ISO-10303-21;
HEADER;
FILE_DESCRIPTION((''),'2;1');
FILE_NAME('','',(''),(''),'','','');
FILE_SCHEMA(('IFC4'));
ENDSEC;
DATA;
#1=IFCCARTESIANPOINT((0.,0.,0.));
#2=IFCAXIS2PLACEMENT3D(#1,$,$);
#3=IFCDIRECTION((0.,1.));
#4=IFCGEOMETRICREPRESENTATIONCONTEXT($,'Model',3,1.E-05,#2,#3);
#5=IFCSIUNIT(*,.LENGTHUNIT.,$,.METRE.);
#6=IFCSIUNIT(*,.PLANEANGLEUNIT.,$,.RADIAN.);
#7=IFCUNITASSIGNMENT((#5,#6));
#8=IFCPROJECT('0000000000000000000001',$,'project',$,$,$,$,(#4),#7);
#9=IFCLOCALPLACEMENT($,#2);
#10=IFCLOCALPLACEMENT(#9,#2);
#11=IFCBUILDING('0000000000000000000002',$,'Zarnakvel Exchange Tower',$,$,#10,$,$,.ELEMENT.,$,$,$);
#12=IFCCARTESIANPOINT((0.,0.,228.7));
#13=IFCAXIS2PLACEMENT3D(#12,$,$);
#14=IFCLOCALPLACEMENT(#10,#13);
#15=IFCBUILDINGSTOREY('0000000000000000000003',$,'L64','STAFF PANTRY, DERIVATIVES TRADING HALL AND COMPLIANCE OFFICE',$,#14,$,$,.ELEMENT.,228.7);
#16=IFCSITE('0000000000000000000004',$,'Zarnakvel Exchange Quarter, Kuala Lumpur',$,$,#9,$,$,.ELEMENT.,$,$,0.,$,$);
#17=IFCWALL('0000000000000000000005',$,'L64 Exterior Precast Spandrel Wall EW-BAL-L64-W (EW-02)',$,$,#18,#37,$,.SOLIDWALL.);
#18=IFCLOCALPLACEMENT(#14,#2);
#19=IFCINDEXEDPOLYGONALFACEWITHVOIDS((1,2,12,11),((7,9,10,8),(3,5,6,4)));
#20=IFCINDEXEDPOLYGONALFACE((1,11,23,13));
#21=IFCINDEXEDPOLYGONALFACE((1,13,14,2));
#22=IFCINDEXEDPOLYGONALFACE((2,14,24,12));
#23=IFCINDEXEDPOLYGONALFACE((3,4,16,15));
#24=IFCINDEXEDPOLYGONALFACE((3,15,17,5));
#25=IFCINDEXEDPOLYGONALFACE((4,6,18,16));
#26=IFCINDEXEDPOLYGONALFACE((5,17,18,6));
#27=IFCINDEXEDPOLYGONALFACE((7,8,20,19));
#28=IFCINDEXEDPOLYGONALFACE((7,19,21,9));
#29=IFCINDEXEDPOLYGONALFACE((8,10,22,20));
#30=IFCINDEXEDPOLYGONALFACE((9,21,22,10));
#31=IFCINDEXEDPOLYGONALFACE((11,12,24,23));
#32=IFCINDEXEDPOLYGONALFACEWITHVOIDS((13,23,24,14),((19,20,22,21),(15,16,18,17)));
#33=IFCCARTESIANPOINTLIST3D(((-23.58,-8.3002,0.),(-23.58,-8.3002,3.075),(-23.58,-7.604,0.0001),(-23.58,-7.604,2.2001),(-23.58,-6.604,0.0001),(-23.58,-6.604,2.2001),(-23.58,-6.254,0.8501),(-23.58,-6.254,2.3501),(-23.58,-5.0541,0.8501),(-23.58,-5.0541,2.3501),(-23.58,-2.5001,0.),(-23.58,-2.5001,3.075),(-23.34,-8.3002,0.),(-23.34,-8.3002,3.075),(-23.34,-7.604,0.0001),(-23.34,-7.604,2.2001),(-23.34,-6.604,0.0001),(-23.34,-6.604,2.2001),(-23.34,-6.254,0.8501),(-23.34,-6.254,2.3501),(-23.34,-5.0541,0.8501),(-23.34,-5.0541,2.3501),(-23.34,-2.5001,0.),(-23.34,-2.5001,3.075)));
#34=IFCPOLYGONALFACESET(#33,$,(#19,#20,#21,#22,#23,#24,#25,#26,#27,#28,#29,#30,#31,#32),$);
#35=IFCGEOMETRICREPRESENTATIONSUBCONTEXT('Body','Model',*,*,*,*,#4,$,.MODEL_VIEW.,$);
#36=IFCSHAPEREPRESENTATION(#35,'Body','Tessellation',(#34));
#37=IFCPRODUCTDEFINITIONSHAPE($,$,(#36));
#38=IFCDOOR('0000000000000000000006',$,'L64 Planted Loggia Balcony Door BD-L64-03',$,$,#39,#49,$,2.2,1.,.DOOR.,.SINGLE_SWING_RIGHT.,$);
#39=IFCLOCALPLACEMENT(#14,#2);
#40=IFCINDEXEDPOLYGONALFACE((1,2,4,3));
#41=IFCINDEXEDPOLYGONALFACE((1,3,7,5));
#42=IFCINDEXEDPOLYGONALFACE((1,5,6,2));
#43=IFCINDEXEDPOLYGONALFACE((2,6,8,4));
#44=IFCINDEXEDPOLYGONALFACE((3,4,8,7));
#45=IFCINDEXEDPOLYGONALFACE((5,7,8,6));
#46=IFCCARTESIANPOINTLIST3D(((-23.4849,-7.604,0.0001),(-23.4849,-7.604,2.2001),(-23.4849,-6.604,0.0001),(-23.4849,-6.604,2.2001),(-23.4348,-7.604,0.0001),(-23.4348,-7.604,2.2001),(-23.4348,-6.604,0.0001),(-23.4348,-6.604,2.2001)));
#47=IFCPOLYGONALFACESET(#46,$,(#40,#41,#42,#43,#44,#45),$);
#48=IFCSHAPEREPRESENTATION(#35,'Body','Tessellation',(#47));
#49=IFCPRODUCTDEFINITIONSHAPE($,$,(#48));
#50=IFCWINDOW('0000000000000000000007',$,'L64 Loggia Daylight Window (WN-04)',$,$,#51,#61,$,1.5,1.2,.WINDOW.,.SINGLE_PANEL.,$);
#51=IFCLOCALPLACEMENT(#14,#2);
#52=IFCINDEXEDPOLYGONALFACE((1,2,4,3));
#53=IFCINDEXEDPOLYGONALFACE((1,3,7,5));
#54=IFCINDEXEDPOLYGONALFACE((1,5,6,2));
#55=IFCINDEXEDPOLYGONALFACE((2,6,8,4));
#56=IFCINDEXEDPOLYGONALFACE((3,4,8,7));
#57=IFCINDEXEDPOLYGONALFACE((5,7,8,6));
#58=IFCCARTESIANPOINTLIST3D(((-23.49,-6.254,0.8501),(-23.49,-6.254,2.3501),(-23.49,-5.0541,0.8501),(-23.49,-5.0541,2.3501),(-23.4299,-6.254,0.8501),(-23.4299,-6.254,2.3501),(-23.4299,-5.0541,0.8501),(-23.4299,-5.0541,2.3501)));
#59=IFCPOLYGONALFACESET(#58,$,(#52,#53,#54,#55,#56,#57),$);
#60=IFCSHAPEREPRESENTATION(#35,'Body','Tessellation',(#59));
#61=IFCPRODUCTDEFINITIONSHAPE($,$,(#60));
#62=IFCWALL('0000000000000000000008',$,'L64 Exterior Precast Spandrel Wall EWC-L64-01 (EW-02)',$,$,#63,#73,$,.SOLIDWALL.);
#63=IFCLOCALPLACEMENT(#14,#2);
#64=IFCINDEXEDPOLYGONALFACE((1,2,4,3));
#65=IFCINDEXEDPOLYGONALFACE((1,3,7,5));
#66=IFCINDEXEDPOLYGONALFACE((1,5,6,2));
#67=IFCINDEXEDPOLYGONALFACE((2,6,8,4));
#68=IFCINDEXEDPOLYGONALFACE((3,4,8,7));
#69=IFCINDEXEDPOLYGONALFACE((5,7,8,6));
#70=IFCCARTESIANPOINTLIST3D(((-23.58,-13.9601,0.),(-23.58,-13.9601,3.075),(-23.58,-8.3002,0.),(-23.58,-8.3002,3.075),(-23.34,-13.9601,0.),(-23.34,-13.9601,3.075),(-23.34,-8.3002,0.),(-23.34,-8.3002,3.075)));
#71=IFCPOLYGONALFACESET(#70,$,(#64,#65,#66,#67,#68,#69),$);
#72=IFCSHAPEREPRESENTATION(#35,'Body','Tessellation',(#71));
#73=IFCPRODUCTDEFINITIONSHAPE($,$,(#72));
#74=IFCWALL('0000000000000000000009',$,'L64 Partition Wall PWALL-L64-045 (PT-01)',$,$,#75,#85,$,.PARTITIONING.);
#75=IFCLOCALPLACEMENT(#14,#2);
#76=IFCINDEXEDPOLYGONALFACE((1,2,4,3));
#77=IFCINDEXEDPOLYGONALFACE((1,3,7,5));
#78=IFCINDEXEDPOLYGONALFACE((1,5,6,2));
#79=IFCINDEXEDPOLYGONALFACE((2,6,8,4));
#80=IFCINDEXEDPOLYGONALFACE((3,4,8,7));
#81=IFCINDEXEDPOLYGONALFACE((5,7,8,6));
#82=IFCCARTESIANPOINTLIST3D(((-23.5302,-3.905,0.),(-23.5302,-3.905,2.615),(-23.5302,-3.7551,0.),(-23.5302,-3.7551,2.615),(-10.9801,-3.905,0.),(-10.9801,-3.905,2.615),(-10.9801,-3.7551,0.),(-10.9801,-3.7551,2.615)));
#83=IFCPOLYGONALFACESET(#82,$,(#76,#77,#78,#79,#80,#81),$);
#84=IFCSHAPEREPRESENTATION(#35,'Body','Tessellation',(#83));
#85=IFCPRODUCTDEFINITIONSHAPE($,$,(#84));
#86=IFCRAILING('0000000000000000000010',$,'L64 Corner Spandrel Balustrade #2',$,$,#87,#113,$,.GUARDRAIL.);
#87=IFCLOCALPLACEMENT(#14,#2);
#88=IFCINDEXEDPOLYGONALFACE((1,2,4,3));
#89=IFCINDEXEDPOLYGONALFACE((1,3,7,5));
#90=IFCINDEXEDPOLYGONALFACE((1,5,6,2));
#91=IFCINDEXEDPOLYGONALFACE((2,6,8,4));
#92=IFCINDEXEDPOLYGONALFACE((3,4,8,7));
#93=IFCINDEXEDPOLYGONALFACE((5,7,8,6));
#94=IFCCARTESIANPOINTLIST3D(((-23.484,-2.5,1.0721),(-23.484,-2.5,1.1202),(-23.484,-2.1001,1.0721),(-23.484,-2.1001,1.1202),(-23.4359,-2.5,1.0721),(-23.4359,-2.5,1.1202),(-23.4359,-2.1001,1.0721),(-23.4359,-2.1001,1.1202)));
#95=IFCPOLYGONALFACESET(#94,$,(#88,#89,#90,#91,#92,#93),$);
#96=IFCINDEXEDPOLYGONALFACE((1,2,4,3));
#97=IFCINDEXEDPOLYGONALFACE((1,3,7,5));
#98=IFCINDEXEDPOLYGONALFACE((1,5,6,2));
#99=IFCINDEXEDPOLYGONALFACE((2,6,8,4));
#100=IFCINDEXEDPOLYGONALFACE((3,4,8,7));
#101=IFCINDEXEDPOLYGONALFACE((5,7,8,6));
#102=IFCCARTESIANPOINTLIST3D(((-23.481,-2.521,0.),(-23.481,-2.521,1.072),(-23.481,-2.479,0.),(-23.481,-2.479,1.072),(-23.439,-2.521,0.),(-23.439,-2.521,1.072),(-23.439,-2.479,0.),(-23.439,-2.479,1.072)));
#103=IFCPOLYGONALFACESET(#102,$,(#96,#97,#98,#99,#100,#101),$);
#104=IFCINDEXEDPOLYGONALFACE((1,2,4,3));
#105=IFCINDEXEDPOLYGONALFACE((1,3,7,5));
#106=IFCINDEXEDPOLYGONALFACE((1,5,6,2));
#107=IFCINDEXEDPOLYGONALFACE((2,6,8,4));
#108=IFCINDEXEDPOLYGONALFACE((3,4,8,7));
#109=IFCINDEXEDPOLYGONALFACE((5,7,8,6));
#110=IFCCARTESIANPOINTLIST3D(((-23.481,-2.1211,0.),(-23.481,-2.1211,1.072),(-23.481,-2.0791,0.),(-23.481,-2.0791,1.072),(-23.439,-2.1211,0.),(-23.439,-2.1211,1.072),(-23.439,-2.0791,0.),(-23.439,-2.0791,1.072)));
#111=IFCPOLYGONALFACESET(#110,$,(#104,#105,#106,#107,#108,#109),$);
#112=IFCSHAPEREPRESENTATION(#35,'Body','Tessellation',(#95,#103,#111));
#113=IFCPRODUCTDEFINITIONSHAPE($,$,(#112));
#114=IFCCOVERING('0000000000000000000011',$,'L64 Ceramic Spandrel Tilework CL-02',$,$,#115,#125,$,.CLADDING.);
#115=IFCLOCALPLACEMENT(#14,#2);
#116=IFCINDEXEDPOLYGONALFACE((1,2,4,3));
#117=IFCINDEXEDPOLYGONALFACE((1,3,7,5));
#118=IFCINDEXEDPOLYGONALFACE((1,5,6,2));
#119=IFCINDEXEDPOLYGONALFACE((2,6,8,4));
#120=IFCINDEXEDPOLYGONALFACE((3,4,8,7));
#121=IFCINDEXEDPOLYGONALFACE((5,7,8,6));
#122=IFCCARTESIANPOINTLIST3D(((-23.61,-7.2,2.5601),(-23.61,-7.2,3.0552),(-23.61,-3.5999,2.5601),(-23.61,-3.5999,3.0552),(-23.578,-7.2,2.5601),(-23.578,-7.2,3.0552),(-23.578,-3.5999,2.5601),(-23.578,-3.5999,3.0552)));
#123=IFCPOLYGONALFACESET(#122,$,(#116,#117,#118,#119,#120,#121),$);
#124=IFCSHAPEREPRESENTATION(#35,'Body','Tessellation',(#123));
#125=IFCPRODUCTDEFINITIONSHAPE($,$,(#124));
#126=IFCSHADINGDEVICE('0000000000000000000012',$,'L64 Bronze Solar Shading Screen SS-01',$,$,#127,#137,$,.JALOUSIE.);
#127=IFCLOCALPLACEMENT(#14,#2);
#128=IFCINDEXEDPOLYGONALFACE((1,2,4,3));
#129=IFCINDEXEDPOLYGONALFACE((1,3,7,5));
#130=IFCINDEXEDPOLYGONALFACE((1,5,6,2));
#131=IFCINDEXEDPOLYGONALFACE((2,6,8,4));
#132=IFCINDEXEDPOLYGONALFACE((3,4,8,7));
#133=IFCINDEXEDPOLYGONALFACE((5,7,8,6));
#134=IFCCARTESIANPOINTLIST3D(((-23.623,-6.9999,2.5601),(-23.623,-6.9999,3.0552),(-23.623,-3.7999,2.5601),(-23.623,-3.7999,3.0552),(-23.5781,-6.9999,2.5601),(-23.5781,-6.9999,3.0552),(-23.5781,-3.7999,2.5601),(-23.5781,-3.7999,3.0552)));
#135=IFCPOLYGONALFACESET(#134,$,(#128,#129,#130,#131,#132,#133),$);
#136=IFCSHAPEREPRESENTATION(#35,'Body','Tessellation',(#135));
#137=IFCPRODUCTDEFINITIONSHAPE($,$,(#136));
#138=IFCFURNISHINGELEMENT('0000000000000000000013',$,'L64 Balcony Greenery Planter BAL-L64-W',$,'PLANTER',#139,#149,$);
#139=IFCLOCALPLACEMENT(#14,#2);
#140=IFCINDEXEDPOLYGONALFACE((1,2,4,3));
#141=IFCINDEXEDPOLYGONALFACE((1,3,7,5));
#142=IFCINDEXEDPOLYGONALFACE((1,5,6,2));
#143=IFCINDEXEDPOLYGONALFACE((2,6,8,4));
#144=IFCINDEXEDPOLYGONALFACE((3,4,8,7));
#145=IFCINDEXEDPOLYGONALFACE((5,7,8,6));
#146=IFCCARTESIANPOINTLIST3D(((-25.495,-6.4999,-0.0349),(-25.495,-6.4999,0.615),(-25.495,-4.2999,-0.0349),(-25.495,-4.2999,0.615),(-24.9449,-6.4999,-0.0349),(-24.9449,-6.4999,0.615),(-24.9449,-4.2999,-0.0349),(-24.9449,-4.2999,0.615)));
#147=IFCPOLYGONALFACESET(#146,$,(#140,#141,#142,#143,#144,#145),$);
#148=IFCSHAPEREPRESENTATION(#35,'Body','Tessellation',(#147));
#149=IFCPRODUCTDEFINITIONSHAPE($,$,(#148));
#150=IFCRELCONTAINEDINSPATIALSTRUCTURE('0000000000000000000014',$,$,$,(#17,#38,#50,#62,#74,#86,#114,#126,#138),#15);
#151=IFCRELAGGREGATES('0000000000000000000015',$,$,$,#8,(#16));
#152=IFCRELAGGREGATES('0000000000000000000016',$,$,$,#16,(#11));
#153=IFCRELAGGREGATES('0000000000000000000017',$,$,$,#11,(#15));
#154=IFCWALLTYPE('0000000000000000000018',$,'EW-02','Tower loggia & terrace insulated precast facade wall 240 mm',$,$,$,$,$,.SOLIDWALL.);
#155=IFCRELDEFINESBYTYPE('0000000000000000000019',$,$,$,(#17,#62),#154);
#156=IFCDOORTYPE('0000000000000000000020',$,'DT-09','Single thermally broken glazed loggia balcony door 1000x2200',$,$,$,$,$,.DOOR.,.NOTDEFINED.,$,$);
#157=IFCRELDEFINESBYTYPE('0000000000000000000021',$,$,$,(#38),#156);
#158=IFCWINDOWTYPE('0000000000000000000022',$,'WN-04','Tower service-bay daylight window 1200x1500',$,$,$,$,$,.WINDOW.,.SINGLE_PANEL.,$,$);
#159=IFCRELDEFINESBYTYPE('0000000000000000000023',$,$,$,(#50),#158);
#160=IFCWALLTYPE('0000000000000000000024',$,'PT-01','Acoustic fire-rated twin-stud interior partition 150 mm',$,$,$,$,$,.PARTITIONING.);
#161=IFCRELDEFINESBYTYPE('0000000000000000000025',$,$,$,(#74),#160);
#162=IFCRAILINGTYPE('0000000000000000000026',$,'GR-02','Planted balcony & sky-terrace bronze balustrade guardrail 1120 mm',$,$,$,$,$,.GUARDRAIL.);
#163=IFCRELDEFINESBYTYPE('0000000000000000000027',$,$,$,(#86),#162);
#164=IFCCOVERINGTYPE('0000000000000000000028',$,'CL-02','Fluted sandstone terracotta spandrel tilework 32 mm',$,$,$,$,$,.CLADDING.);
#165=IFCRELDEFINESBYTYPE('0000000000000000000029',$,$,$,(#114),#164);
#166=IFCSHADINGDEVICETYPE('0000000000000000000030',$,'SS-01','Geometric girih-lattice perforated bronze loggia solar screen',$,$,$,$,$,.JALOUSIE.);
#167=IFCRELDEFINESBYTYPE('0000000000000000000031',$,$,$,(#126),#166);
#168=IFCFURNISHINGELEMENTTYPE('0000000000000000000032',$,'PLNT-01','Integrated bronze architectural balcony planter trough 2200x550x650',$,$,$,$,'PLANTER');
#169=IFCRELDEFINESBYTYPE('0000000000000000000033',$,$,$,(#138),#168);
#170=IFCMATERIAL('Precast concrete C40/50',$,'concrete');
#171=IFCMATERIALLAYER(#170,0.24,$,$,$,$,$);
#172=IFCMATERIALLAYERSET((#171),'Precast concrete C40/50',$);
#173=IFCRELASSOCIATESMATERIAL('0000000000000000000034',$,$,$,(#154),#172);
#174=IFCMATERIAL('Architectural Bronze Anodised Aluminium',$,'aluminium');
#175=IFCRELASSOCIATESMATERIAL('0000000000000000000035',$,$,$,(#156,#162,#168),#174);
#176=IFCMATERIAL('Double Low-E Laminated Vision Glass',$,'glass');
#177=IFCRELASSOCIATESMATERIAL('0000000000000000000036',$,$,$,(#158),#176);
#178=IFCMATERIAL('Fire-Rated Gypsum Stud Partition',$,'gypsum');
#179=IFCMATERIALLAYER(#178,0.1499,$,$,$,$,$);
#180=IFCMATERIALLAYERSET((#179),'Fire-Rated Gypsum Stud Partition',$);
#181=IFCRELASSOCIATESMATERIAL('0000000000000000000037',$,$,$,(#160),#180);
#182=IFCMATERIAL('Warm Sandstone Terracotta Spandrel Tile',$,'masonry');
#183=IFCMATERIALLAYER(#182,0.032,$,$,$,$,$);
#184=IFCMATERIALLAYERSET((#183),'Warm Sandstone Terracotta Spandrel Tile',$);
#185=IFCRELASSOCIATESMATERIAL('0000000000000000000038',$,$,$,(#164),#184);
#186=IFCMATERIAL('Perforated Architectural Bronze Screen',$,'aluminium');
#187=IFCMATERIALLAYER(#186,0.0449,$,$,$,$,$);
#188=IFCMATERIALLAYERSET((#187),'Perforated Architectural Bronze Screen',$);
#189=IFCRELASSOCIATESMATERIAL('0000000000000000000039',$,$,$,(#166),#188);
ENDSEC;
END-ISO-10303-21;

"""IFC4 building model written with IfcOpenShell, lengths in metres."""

from ifc_helpers import new_model, si_unit, direction, frame, frame_2d, origin, origin_2d, place, context, subcontext, project, spatial, rectangle, extrude, source, transform, mapped, material, layer, layer_set, type_object, element, fill, save


model = new_model("IFC4")

# Units and contexts
model_context = context("Model", 3, precision=1e-05, world=origin(), true_north=direction((0.0, 1.0)))
body_context = subcontext(model_context, "Body", "Model", "MODEL_VIEW")
ifc_project = project(units=[si_unit("LENGTHUNIT", "METRE"), si_unit("PLANEANGLEUNIT", "RADIAN")], contexts=[model_context])

# Site, building, storey
site_placement = place(None, origin())
site = spatial("IfcSite", under=ifc_project, at=site_placement, Name="Zarnakvel Exchange Quarter, Kuala Lumpur", CompositionType="ELEMENT", RefElevation=0.0)
building_placement = place(site_placement, origin())
building = spatial("IfcBuilding", under=site, at=building_placement, Name="Zarnakvel Exchange Tower", CompositionType="ELEMENT")
storey_placement = place(building_placement, frame((0.0, 0.0, 228.7)))
storey = spatial("IfcBuildingStorey", under=building, at=storey_placement, Name="L64", Description="STAFF PANTRY, DERIVATIVES TRADING HALL AND COMPLIANCE OFFICE", CompositionType="ELEMENT", Elevation=228.7)

# Shared definitions
ifc_material_1 = material(Name="Architectural Bronze Anodised Aluminium", Category="aluminium")

# Wall, openings, door, window
ifc_material_2 = material(Name="Precast concrete C40/50", Category="concrete")
ifc_layer_1 = layer(ifc_material_2, 0.24)
ifc_layer_set_1 = layer_set([ifc_layer_1], Name="Precast concrete C40/50")
wall_type_1 = type_object("IfcWallType", Name="EW-02", Description="Tower loggia & terrace insulated precast facade wall 240 mm", PredefinedType="SOLIDWALL", material=ifc_layer_set_1)
wall_1_placement = place(storey_placement, frame((-23.46, -8.3, 0.0), z_axis=(0.0, 0.0, 1.0), x_axis=(0.0, 1.0, 0.0)))
wall_1 = element("IfcWall", 1, at=wall_1_placement, inside=storey, type_object=wall_type_1, Name="L64 Exterior Precast Spandrel Wall EW-BAL-L64-W (EW-02)", PredefinedType="SOLIDWALL", context=body_context, shape_type="SweptSolid", body=[
    extrude(rectangle(XDim=5.8, YDim=0.24, at=frame_2d((2.8999, 0.0))), origin(), (0.0, 0.0, 1.0), 3.075),
])
opening_1_placement = place(wall_1_placement, frame((0.696, 0.0, 0.0)))
opening_1 = element("IfcOpeningElement", 2, at=opening_1_placement, cuts=wall_1, PredefinedType="OPENING", context=body_context, shape_type="SweptSolid", body=[
    extrude(rectangle(XDim=1.0, YDim=2.2, at=frame_2d((0.5, 1.1001))), frame((0.0, 0.1299, 0.0), z_axis=(0.0, -1.0, 0.0), x_axis=(1.0, 0.0, 0.0)), (0.0, 0.0, 1.0), 0.26),
])
opening_2_placement = place(wall_1_placement, frame((2.0459, 0.0, 0.8501)))
opening_2 = element("IfcOpeningElement", 3, at=opening_2_placement, cuts=wall_1, PredefinedType="OPENING", context=body_context, shape_type="SweptSolid", body=[
    extrude(rectangle(XDim=1.2, YDim=1.5, at=frame_2d((0.6001, 0.75))), frame((0.0, 0.1299, 0.0), z_axis=(0.0, -1.0, 0.0), x_axis=(1.0, 0.0, 0.0)), (0.0, 0.0, 1.0), 0.26),
])
door_type_1 = type_object("IfcDoorType", Name="DT-09", Description="Single thermally broken glazed loggia balcony door 1000x2200", OperationType="NOTDEFINED", PredefinedType="DOOR", material=ifc_material_1)
shared_shape_1 = source(origin(), body_context, "Body", "SweptSolid", [
    extrude(rectangle(XDim=1.0, YDim=2.2, at=frame_2d((0.5, 1.1001))), frame((0.0, 0.0249, 0.0), z_axis=(0.0, -1.0, 0.0), x_axis=(1.0, 0.0, 0.0)), (0.0, 0.0, 1.0), 0.05),
])
door_1_placement = place(opening_1_placement, origin())
door_1 = element("IfcDoor", 4, at=door_1_placement, inside=storey, type_object=door_type_1, Name="L64 Planted Loggia Balcony Door BD-L64-03", OperationType="SINGLE_SWING_RIGHT", OverallHeight=2.2, OverallWidth=1.0, PredefinedType="DOOR", context=body_context, shape_type="MappedRepresentation", body=[
    mapped(shared_shape_1, transform((0.0, 0.0, 0.0), x_axis=(1.0, 0.0, 0.0), y_axis=(0.0, 1.0, 0.0), z_axis=(0.0, 0.0, 1.0), scale=1.0)),
])
fill(opening_1, door_1)
ifc_material_3 = material(Name="Double Low-E Laminated Vision Glass", Category="glass")
window_type = type_object("IfcWindowType", Name="WN-04", Description="Tower service-bay daylight window 1200x1500", PartitioningType="SINGLE_PANEL", PredefinedType="WINDOW", material=ifc_material_3)
shared_shape_2 = source(origin(), body_context, "Body", "SweptSolid", [
    extrude(rectangle(XDim=1.2, YDim=1.5, at=frame_2d((0.6001, 0.75))), frame((0.0, 0.03, 0.0), z_axis=(0.0, -1.0, 0.0), x_axis=(1.0, 0.0, 0.0)), (0.0, 0.0, 1.0), 0.0601),
])
window_placement = place(opening_2_placement, origin())
window = element("IfcWindow", 5, at=window_placement, inside=storey, type_object=window_type, Name="L64 Loggia Daylight Window (WN-04)", OverallHeight=1.5, OverallWidth=1.2, PartitioningType="SINGLE_PANEL", PredefinedType="WINDOW", context=body_context, shape_type="MappedRepresentation", body=[
    mapped(shared_shape_2, transform((0.0, 0.0, 0.0), x_axis=(1.0, 0.0, 0.0), y_axis=(0.0, 1.0, 0.0), z_axis=(0.0, 0.0, 1.0), scale=1.0)),
])
fill(opening_2, window)

# Walls
wall_2_placement = place(storey_placement, frame((-23.46, -8.3, 0.0), z_axis=(0.0, 0.0, 1.0), x_axis=(0.0, -1.0, 0.0)))
element("IfcWall", 6, at=wall_2_placement, inside=storey, type_object=wall_type_1, Name="L64 Exterior Precast Spandrel Wall EWC-L64-01 (EW-02)", PredefinedType="SOLIDWALL", context=body_context, shape_type="SweptSolid", body=[
    extrude(rectangle(XDim=5.6599, YDim=0.24, at=frame_2d((2.8301, 0.0))), origin(), (0.0, 0.0, 1.0), 3.075),
])
ifc_material_4 = material(Name="Fire-Rated Gypsum Stud Partition", Category="gypsum")
ifc_layer_2 = layer(ifc_material_4, 0.1499)
ifc_layer_set_2 = layer_set([ifc_layer_2], Name="Fire-Rated Gypsum Stud Partition")
wall_type_2 = type_object("IfcWallType", Name="PT-01", Description="Acoustic fire-rated twin-stud interior partition 150 mm", PredefinedType="PARTITIONING", material=ifc_layer_set_2)
wall_3_placement = place(storey_placement, frame((-23.53, -3.8301, 0.0), z_axis=(0.0, 0.0, 1.0), x_axis=(1.0, 0.0, 0.0)))
element("IfcWall", 7, at=wall_3_placement, inside=storey, type_object=wall_type_2, Name="L64 Partition Wall PWALL-L64-045 (PT-01)", PredefinedType="PARTITIONING", context=body_context, shape_type="SweptSolid", body=[
    extrude(rectangle(XDim=12.55, YDim=0.1499, at=frame_2d((6.2749, 0.0))), origin(), (0.0, 0.0, 1.0), 2.615),
])

# Railing
railing_type = type_object("IfcRailingType", Name="GR-02", Description="Planted balcony & sky-terrace bronze balustrade guardrail 1120 mm", PredefinedType="GUARDRAIL", material=ifc_material_1)
railing_placement = place(storey_placement, frame((-23.46, -2.5, 0.0)))
element("IfcRailing", 8, at=railing_placement, inside=storey, type_object=railing_type, Name="L64 Corner Spandrel Balustrade #2", PredefinedType="GUARDRAIL", context=body_context, shape_type="SweptSolid", body=[
    extrude(rectangle(XDim=0.0481, YDim=0.0481, at=origin_2d()), frame((0.0, 0.0, 1.0962), z_axis=(0.0, 1.0, 0.0), x_axis=(-1.0, 0.0, 0.0)), (0.0, 0.0, 1.0), 0.3999),
    extrude(rectangle(XDim=0.042, YDim=0.042, at=origin_2d()), origin(), (0.0, 0.0, 1.0), 1.072),
    extrude(rectangle(XDim=0.042, YDim=0.042, at=origin_2d()), frame((0.0, 0.3999, 0.0)), (0.0, 0.0, 1.0), 1.072),
])

# Covering
ifc_material_5 = material(Name="Warm Sandstone Terracotta Spandrel Tile", Category="masonry")
ifc_layer_3 = layer(ifc_material_5, 0.032)
ifc_layer_set_3 = layer_set([ifc_layer_3], Name="Warm Sandstone Terracotta Spandrel Tile")
covering_type = type_object("IfcCoveringType", Name="CL-02", Description="Fluted sandstone terracotta spandrel tilework 32 mm", PredefinedType="CLADDING", material=ifc_layer_set_3)
shared_shape_3 = source(origin(), body_context, "Body", "SweptSolid", [
    extrude(rectangle(XDim=3.6001, YDim=0.032, at=origin_2d()), origin(), (0.0, 0.0, 1.0), 0.4951),
])
covering_placement = place(storey_placement, frame((-23.594, -5.3999, 2.5601), z_axis=(0.0, 0.0, 1.0), x_axis=(0.0, 1.0, 0.0)))
element("IfcCovering", 9, at=covering_placement, inside=storey, type_object=covering_type, Name="L64 Ceramic Spandrel Tilework CL-02", PredefinedType="CLADDING", context=body_context, shape_type="MappedRepresentation", body=[
    mapped(shared_shape_3, transform((0.0, 0.0, 0.0), x_axis=(1.0, 0.0, 0.0), y_axis=(0.0, 1.0, 0.0), z_axis=(0.0, 0.0, 1.0), scale=1.0)),
])

# Shading device
ifc_material_6 = material(Name="Perforated Architectural Bronze Screen", Category="aluminium")
ifc_layer_4 = layer(ifc_material_6, 0.0449)
ifc_layer_set_4 = layer_set([ifc_layer_4], Name="Perforated Architectural Bronze Screen")
shading_device_type = type_object("IfcShadingDeviceType", Name="SS-01", Description="Geometric girih-lattice perforated bronze loggia solar screen", PredefinedType="JALOUSIE", material=ifc_layer_set_4)
shared_shape_4 = source(origin(), body_context, "Body", "SweptSolid", [
    extrude(rectangle(XDim=3.2, YDim=0.0449, at=origin_2d()), origin(), (0.0, 0.0, 1.0), 0.4951),
])
shading_device_placement = place(storey_placement, frame((-23.6006, -5.3999, 2.5601), z_axis=(0.0, 0.0, 1.0), x_axis=(0.0, 1.0, 0.0)))
element("IfcShadingDevice", 10, at=shading_device_placement, inside=storey, type_object=shading_device_type, Name="L64 Bronze Solar Shading Screen SS-01", PredefinedType="JALOUSIE", context=body_context, shape_type="MappedRepresentation", body=[
    mapped(shared_shape_4, transform((0.0, 0.0, 0.0), x_axis=(1.0, 0.0, 0.0), y_axis=(0.0, 1.0, 0.0), z_axis=(0.0, 0.0, 1.0), scale=1.0)),
])

# Furnishing element
furnishing_element_type = type_object("IfcFurnishingElementType", Name="PLNT-01", Description="Integrated bronze architectural balcony planter trough 2200x550x650", ElementType="PLANTER", material=ifc_material_1)
shared_shape_5 = source(origin(), body_context, "Body", "SweptSolid", [
    extrude(rectangle(XDim=2.2, YDim=0.55, at=origin_2d()), origin(), (0.0, 0.0, 1.0), 0.6499),
])
furnishing_placement = place(storey_placement, frame((-25.22, -5.3999, -0.0349), z_axis=(0.0, 0.0, 1.0), x_axis=(0.0, 1.0, 0.0)))
element("IfcFurnishingElement", 11, at=furnishing_placement, inside=storey, type_object=furnishing_element_type, Name="L64 Balcony Greenery Planter BAL-L64-W", ObjectType="PLANTER", context=body_context, shape_type="MappedRepresentation", body=[
    mapped(shared_shape_5, transform((0.0, 0.0, 0.0), x_axis=(1.0, 0.0, 0.0), y_axis=(0.0, 1.0, 0.0), z_axis=(0.0, 0.0, 1.0), scale=1.0)),
])

save(model, "model.ifc")
